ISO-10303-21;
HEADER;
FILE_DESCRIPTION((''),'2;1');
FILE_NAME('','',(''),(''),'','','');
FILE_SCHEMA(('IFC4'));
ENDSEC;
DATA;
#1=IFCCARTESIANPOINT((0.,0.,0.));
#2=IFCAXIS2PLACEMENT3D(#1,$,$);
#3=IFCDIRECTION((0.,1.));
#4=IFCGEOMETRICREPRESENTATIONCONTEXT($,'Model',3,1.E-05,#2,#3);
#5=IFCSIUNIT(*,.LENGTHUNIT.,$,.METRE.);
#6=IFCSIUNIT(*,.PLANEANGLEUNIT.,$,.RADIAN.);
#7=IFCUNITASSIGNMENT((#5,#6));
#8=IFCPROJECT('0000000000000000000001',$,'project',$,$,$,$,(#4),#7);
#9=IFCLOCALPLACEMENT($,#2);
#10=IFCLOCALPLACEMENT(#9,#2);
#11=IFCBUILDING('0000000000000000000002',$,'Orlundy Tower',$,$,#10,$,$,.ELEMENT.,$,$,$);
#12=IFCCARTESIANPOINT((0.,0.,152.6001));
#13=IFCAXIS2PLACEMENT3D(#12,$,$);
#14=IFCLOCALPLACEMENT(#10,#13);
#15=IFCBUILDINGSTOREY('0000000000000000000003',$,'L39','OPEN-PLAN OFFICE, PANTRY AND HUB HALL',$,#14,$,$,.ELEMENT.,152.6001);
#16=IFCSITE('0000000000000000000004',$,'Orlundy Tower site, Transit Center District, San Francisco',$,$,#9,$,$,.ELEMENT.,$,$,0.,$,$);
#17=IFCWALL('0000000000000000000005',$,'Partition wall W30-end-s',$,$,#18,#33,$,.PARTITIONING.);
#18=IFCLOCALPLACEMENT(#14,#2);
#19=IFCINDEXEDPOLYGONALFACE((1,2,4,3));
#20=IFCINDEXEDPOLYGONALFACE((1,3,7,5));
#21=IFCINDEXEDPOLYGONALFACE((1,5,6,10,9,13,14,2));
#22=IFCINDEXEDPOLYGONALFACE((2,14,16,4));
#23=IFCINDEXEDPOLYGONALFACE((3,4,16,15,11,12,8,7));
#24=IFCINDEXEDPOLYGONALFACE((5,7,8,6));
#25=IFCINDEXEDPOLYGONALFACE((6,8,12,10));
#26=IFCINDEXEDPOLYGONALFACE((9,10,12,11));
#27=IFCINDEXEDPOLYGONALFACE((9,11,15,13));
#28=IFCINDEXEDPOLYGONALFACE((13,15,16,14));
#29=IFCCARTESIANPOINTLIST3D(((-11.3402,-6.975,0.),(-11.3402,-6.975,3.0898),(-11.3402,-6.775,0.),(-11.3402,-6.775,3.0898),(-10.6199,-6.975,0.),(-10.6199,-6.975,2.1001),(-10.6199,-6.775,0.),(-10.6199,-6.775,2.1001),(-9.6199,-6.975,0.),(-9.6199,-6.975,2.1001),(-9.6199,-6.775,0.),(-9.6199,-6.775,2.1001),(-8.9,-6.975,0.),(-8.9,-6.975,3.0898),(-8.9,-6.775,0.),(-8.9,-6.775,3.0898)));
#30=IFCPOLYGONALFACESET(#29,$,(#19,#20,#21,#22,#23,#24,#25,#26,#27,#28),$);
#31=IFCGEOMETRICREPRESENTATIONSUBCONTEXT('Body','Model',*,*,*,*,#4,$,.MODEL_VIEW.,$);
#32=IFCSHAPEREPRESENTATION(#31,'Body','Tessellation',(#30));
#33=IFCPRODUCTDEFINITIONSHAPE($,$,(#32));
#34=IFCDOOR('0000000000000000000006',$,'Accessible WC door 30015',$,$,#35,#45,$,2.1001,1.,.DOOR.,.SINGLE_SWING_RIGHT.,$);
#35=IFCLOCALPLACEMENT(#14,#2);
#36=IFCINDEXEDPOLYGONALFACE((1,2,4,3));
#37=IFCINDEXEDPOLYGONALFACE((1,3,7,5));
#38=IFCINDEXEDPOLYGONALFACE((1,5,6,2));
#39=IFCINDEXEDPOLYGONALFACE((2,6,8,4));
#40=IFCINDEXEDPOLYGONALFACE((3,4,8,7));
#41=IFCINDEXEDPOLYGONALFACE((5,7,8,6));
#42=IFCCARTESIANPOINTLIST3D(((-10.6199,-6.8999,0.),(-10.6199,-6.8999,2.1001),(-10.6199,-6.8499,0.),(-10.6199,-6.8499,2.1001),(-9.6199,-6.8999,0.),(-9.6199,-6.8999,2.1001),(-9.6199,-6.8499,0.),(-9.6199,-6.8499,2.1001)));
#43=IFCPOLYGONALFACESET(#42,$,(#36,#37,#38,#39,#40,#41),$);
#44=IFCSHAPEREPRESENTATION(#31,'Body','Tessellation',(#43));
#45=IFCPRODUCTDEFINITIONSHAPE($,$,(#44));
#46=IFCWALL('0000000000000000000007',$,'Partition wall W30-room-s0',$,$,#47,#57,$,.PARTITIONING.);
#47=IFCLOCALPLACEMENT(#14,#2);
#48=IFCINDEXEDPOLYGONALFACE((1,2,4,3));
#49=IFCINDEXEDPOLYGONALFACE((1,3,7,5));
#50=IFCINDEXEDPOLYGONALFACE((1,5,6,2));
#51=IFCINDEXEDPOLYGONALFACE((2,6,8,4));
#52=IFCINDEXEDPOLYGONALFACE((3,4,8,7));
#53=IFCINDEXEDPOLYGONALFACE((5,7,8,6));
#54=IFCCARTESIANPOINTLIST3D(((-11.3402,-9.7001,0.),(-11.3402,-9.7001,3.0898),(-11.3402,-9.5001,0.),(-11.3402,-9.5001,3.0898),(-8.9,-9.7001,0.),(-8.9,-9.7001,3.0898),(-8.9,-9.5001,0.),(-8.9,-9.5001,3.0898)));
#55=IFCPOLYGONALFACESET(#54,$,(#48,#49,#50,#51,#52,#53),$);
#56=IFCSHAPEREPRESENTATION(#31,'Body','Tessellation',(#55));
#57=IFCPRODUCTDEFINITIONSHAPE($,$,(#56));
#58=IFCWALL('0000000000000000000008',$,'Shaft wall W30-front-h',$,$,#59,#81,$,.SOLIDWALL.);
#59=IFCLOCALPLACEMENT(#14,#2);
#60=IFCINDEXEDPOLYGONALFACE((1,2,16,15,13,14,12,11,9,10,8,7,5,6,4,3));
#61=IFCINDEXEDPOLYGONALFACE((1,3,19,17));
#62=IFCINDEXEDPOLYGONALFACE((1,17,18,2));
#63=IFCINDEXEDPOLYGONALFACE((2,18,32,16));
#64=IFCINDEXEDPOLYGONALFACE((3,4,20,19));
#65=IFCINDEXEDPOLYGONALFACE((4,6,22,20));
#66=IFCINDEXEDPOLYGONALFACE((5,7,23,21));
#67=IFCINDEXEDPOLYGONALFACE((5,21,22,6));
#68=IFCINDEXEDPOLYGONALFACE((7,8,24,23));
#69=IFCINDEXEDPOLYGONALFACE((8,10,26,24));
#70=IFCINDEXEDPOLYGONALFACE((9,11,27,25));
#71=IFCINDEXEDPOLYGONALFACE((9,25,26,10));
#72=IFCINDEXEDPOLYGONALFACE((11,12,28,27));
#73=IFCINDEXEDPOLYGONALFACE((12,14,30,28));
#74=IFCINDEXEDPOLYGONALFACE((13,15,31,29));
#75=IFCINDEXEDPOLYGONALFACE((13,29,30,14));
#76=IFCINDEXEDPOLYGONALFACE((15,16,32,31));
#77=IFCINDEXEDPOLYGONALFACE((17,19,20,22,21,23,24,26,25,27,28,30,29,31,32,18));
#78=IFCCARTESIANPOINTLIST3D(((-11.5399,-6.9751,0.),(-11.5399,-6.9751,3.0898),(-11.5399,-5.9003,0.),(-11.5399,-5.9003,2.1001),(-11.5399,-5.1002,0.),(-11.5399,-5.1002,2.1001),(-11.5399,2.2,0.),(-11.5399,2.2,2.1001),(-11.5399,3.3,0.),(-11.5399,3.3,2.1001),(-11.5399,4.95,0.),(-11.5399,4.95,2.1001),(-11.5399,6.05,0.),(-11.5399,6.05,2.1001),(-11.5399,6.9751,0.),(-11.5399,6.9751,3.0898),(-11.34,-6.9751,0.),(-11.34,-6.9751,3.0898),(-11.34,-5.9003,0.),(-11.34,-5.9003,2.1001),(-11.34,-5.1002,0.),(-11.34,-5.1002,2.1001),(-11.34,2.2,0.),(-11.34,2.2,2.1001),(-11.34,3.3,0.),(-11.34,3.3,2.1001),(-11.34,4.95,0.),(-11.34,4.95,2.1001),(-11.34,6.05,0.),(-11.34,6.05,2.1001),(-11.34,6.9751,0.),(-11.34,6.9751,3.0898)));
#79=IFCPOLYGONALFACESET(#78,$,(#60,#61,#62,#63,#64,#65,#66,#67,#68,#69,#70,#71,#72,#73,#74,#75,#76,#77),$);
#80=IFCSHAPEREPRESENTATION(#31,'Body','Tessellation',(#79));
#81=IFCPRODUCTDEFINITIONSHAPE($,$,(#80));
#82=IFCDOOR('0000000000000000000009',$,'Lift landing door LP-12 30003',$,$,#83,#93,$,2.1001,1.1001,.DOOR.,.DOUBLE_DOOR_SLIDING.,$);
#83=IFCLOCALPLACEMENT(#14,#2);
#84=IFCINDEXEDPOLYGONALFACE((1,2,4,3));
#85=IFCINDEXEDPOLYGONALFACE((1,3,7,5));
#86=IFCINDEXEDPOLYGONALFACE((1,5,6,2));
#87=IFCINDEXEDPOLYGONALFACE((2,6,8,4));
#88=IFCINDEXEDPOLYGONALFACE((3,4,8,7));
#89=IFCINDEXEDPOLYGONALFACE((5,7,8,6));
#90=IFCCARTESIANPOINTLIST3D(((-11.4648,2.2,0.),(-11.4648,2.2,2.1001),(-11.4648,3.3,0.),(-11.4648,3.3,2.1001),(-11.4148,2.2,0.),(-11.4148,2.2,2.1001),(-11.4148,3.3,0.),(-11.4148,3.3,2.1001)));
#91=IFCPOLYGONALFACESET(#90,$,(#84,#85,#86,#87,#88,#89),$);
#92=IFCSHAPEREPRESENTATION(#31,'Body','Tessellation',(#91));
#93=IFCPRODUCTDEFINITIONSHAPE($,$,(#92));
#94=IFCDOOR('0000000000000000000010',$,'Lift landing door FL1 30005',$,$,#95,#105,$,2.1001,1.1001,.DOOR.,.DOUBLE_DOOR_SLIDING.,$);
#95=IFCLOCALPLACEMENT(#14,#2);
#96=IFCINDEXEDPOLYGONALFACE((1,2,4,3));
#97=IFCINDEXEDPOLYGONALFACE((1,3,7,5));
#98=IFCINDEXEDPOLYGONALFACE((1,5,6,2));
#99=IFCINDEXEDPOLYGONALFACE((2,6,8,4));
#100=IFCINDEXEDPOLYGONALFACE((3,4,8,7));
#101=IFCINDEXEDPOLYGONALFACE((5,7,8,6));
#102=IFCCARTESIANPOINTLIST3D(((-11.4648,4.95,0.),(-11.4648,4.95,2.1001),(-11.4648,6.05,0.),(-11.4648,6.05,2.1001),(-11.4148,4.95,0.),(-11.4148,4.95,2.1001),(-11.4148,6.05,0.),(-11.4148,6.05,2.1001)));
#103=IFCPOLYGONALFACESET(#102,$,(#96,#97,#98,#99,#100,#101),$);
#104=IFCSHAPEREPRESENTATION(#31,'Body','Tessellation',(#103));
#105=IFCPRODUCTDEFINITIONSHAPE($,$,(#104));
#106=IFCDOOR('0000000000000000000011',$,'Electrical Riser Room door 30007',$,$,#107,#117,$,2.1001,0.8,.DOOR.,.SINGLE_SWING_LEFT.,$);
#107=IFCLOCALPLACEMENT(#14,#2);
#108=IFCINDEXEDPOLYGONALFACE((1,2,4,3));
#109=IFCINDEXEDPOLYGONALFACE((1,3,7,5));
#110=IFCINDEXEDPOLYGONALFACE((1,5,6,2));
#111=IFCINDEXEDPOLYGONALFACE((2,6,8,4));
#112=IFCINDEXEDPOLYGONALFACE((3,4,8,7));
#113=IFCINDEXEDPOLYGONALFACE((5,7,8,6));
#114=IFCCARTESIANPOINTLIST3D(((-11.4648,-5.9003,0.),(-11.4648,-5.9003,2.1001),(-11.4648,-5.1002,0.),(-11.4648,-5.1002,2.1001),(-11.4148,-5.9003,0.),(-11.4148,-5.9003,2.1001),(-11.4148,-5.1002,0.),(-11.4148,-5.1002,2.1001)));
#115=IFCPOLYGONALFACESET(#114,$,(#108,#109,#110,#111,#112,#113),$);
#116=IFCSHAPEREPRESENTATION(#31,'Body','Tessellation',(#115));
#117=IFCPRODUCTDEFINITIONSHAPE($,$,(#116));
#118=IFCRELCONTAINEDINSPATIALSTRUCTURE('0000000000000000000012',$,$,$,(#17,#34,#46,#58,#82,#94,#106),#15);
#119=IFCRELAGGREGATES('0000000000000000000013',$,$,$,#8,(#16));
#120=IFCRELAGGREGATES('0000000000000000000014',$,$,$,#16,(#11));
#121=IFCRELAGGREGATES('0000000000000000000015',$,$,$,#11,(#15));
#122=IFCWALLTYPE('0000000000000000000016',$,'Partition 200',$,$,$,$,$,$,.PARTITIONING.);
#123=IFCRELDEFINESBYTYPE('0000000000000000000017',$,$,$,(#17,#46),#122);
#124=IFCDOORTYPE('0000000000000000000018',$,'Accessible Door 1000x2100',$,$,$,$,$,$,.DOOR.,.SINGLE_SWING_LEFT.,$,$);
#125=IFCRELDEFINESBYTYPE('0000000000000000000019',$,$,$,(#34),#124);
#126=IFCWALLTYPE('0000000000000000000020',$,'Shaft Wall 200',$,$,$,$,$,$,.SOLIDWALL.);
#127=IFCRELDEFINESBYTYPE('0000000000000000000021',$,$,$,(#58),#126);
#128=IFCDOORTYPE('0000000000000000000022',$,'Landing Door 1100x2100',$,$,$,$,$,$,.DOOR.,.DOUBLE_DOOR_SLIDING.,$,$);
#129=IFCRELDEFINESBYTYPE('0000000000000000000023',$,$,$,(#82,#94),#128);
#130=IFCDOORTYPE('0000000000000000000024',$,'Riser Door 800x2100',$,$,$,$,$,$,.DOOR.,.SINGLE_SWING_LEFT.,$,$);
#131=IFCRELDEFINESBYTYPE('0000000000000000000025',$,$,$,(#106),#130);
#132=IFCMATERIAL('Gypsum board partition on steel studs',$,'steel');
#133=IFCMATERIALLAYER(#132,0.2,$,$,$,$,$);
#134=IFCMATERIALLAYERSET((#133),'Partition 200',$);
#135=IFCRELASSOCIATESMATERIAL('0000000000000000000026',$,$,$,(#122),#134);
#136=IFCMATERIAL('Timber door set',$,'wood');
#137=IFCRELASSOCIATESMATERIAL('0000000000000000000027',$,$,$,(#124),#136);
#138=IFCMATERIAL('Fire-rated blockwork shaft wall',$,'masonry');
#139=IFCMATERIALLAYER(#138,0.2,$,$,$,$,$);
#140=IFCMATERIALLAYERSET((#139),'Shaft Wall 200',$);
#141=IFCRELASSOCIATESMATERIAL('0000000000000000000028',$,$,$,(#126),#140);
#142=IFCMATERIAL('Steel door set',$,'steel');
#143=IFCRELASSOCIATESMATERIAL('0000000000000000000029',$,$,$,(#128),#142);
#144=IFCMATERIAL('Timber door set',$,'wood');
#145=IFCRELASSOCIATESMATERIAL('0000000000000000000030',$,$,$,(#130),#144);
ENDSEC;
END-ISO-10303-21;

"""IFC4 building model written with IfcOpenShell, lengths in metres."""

from ifc_helpers import new_model, si_unit, direction, frame, frame_2d, origin, place, context, subcontext, project, spatial, rectangle, extrude, material, layer, layer_set, type_object, element, fill, save


model = new_model("IFC4")

# Units and contexts
model_context = context("Model", 3, precision=1e-05, world=origin(), true_north=direction((0.0, 1.0)))
body_context = subcontext(model_context, "Body", "Model", "MODEL_VIEW")
ifc_project = project(units=[si_unit("LENGTHUNIT", "METRE"), si_unit("PLANEANGLEUNIT", "RADIAN")], contexts=[model_context])

# Site, building, storey
site_placement = place(None, origin())
site = spatial("IfcSite", under=ifc_project, at=site_placement, Name="Orlundy Tower site, Transit Center District, San Francisco", CompositionType="ELEMENT", RefElevation=0.0)
building_placement = place(site_placement, origin())
building = spatial("IfcBuilding", under=site, at=building_placement, Name="Orlundy Tower", CompositionType="ELEMENT")
storey_placement = place(building_placement, frame((0.0, 0.0, 152.6001)))
storey = spatial("IfcBuildingStorey", under=building, at=storey_placement, Name="L39", Description="OPEN-PLAN OFFICE, PANTRY AND HUB HALL", CompositionType="ELEMENT", Elevation=152.6001)

# Wall, opening, door
ifc_material_1 = material(Name="Gypsum board partition on steel studs", Category="steel")
ifc_layer_1 = layer(ifc_material_1, 0.2)
ifc_layer_set_1 = layer_set([ifc_layer_1], Name="Partition 200")
wall_type_1 = type_object("IfcWallType", Name="Partition 200", PredefinedType="PARTITIONING", material=ifc_layer_set_1)
wall_1_placement = place(storey_placement, frame((-8.8999, -6.875, 0.0), z_axis=(0.0, 0.0, 1.0), x_axis=(-1.0, 0.0, 0.0)))
wall_1 = element("IfcWall", 1, at=wall_1_placement, inside=storey, type_object=wall_type_1, Name="Partition wall W30-end-s", PredefinedType="PARTITIONING", context=body_context, shape_type="SweptSolid", body=[
    extrude(rectangle(XDim=2.4402, YDim=0.2, at=frame_2d((1.2202, 0.0))), origin(), (0.0, 0.0, 1.0), 3.0898),
])
opening_1_placement = place(wall_1_placement, frame((0.72, 0.0, 0.0)))
opening_1 = element("IfcOpeningElement", 2, at=opening_1_placement, cuts=wall_1, PredefinedType="OPENING", context=body_context, shape_type="SweptSolid", body=[
    extrude(rectangle(XDim=1.0, YDim=2.1001, at=frame_2d((0.5, 1.05))), frame((0.0, 0.1101, 0.0), z_axis=(0.0, -1.0, 0.0), x_axis=(1.0, 0.0, 0.0)), (0.0, 0.0, 1.0), 0.2202),
])
ifc_material_2 = material(Name="Timber door set", Category="wood")
door_type_1 = type_object("IfcDoorType", Name="Accessible Door 1000x2100", OperationType="SINGLE_SWING_LEFT", PredefinedType="DOOR", material=ifc_material_2)
door_1_placement = place(opening_1_placement, origin())
door_1 = element("IfcDoor", 3, at=door_1_placement, inside=storey, type_object=door_type_1, Name="Accessible WC door 30015", OperationType="SINGLE_SWING_RIGHT", OverallHeight=2.1001, OverallWidth=1.0, PredefinedType="DOOR", context=body_context, shape_type="SweptSolid", body=[
    extrude(rectangle(XDim=1.0, YDim=2.1001, at=frame_2d((0.5, 1.05))), frame((0.0, 0.0249, 0.0), z_axis=(0.0, -1.0, 0.0), x_axis=(1.0, 0.0, 0.0)), (0.0, 0.0, 1.0), 0.05),
])
fill(opening_1, door_1)

# Wall
wall_2_placement = place(storey_placement, frame((-8.8999, -9.6001, 0.0), z_axis=(0.0, 0.0, 1.0), x_axis=(-1.0, 0.0, 0.0)))
element("IfcWall", 4, at=wall_2_placement, inside=storey, type_object=wall_type_1, Name="Partition wall W30-room-s0", PredefinedType="PARTITIONING", context=body_context, shape_type="SweptSolid", body=[
    extrude(rectangle(XDim=2.4402, YDim=0.2, at=frame_2d((1.2202, 0.0))), origin(), (0.0, 0.0, 1.0), 3.0898),
])

# Wall, openings, doors
ifc_material_3 = material(Name="Fire-rated blockwork shaft wall", Category="masonry")
ifc_layer_2 = layer(ifc_material_3, 0.2)
ifc_layer_set_2 = layer_set([ifc_layer_2], Name="Shaft Wall 200")
wall_type_2 = type_object("IfcWallType", Name="Shaft Wall 200", PredefinedType="SOLIDWALL", material=ifc_layer_set_2)
wall_3_placement = place(storey_placement, frame((-11.4399, -6.9751, 0.0), z_axis=(0.0, 0.0, 1.0), x_axis=(0.0, 1.0, 0.0)))
wall_3 = element("IfcWall", 5, at=wall_3_placement, inside=storey, type_object=wall_type_2, Name="Shaft wall W30-front-h", PredefinedType="SOLIDWALL", context=body_context, shape_type="SweptSolid", body=[
    extrude(rectangle(XDim=13.9502, YDim=0.2, at=frame_2d((6.9751, 0.0))), origin(), (0.0, 0.0, 1.0), 3.0898),
])
opening_2_placement = place(wall_3_placement, frame((9.175, 0.0, 0.0)))
opening_2 = element("IfcOpeningElement", 6, at=opening_2_placement, cuts=wall_3, PredefinedType="OPENING", context=body_context, shape_type="SweptSolid", body=[
    extrude(rectangle(XDim=1.1001, YDim=2.1001, at=frame_2d((0.55, 1.05))), frame((0.0, 0.1101, 0.0), z_axis=(0.0, -1.0, 0.0), x_axis=(1.0, 0.0, 0.0)), (0.0, 0.0, 1.0), 0.2202),
])
opening_3_placement = place(wall_3_placement, frame((11.925, 0.0, 0.0)))
opening_3 = element("IfcOpeningElement", 7, at=opening_3_placement, cuts=wall_3, PredefinedType="OPENING", context=body_context, shape_type="SweptSolid", body=[
    extrude(rectangle(XDim=1.1001, YDim=2.1001, at=frame_2d((0.55, 1.05))), frame((0.0, 0.1101, 0.0), z_axis=(0.0, -1.0, 0.0), x_axis=(1.0, 0.0, 0.0)), (0.0, 0.0, 1.0), 0.2202),
])
opening_4_placement = place(wall_3_placement, frame((1.075, 0.0, 0.0)))
opening_4 = element("IfcOpeningElement", 8, at=opening_4_placement, cuts=wall_3, PredefinedType="OPENING", context=body_context, shape_type="SweptSolid", body=[
    extrude(rectangle(XDim=0.8, YDim=2.1001, at=frame_2d((0.3999, 1.05))), frame((0.0, 0.1101, 0.0), z_axis=(0.0, -1.0, 0.0), x_axis=(1.0, 0.0, 0.0)), (0.0, 0.0, 1.0), 0.2202),
])
ifc_material_4 = material(Name="Steel door set", Category="steel")
door_type_2 = type_object("IfcDoorType", Name="Landing Door 1100x2100", OperationType="DOUBLE_DOOR_SLIDING", PredefinedType="DOOR", material=ifc_material_4)
door_2_placement = place(opening_2_placement, origin())
door_2 = element("IfcDoor", 9, at=door_2_placement, inside=storey, type_object=door_type_2, Name="Lift landing door LP-12 30003", OperationType="DOUBLE_DOOR_SLIDING", OverallHeight=2.1001, OverallWidth=1.1001, PredefinedType="DOOR", context=body_context, shape_type="SweptSolid", body=[
    extrude(rectangle(XDim=1.1001, YDim=2.1001, at=frame_2d((0.55, 1.05))), frame((0.0, 0.0249, 0.0), z_axis=(0.0, -1.0, 0.0), x_axis=(1.0, 0.0, 0.0)), (0.0, 0.0, 1.0), 0.05),
])
fill(opening_2, door_2)
door_3_placement = place(opening_3_placement, origin())
door_3 = element("IfcDoor", 10, at=door_3_placement, inside=storey, type_object=door_type_2, Name="Lift landing door FL1 30005", OperationType="DOUBLE_DOOR_SLIDING", OverallHeight=2.1001, OverallWidth=1.1001, PredefinedType="DOOR", context=body_context, shape_type="SweptSolid", body=[
    extrude(rectangle(XDim=1.1001, YDim=2.1001, at=frame_2d((0.55, 1.05))), frame((0.0, 0.0249, 0.0), z_axis=(0.0, -1.0, 0.0), x_axis=(1.0, 0.0, 0.0)), (0.0, 0.0, 1.0), 0.05),
])
fill(opening_3, door_3)
ifc_material_5 = material(Name="Timber door set", Category="wood")
door_type_3 = type_object("IfcDoorType", Name="Riser Door 800x2100", OperationType="SINGLE_SWING_LEFT", PredefinedType="DOOR", material=ifc_material_5)
door_4_placement = place(opening_4_placement, origin())
door_4 = element("IfcDoor", 11, at=door_4_placement, inside=storey, type_object=door_type_3, Name="Electrical Riser Room door 30007", OperationType="SINGLE_SWING_LEFT", OverallHeight=2.1001, OverallWidth=0.8, PredefinedType="DOOR", context=body_context, shape_type="SweptSolid", body=[
    extrude(rectangle(XDim=0.8, YDim=2.1001, at=frame_2d((0.3999, 1.05))), frame((0.0, 0.0249, 0.0), z_axis=(0.0, -1.0, 0.0), x_axis=(1.0, 0.0, 0.0)), (0.0, 0.0, 1.0), 0.05),
])
fill(opening_4, door_4)

save(model, "model.ifc")
